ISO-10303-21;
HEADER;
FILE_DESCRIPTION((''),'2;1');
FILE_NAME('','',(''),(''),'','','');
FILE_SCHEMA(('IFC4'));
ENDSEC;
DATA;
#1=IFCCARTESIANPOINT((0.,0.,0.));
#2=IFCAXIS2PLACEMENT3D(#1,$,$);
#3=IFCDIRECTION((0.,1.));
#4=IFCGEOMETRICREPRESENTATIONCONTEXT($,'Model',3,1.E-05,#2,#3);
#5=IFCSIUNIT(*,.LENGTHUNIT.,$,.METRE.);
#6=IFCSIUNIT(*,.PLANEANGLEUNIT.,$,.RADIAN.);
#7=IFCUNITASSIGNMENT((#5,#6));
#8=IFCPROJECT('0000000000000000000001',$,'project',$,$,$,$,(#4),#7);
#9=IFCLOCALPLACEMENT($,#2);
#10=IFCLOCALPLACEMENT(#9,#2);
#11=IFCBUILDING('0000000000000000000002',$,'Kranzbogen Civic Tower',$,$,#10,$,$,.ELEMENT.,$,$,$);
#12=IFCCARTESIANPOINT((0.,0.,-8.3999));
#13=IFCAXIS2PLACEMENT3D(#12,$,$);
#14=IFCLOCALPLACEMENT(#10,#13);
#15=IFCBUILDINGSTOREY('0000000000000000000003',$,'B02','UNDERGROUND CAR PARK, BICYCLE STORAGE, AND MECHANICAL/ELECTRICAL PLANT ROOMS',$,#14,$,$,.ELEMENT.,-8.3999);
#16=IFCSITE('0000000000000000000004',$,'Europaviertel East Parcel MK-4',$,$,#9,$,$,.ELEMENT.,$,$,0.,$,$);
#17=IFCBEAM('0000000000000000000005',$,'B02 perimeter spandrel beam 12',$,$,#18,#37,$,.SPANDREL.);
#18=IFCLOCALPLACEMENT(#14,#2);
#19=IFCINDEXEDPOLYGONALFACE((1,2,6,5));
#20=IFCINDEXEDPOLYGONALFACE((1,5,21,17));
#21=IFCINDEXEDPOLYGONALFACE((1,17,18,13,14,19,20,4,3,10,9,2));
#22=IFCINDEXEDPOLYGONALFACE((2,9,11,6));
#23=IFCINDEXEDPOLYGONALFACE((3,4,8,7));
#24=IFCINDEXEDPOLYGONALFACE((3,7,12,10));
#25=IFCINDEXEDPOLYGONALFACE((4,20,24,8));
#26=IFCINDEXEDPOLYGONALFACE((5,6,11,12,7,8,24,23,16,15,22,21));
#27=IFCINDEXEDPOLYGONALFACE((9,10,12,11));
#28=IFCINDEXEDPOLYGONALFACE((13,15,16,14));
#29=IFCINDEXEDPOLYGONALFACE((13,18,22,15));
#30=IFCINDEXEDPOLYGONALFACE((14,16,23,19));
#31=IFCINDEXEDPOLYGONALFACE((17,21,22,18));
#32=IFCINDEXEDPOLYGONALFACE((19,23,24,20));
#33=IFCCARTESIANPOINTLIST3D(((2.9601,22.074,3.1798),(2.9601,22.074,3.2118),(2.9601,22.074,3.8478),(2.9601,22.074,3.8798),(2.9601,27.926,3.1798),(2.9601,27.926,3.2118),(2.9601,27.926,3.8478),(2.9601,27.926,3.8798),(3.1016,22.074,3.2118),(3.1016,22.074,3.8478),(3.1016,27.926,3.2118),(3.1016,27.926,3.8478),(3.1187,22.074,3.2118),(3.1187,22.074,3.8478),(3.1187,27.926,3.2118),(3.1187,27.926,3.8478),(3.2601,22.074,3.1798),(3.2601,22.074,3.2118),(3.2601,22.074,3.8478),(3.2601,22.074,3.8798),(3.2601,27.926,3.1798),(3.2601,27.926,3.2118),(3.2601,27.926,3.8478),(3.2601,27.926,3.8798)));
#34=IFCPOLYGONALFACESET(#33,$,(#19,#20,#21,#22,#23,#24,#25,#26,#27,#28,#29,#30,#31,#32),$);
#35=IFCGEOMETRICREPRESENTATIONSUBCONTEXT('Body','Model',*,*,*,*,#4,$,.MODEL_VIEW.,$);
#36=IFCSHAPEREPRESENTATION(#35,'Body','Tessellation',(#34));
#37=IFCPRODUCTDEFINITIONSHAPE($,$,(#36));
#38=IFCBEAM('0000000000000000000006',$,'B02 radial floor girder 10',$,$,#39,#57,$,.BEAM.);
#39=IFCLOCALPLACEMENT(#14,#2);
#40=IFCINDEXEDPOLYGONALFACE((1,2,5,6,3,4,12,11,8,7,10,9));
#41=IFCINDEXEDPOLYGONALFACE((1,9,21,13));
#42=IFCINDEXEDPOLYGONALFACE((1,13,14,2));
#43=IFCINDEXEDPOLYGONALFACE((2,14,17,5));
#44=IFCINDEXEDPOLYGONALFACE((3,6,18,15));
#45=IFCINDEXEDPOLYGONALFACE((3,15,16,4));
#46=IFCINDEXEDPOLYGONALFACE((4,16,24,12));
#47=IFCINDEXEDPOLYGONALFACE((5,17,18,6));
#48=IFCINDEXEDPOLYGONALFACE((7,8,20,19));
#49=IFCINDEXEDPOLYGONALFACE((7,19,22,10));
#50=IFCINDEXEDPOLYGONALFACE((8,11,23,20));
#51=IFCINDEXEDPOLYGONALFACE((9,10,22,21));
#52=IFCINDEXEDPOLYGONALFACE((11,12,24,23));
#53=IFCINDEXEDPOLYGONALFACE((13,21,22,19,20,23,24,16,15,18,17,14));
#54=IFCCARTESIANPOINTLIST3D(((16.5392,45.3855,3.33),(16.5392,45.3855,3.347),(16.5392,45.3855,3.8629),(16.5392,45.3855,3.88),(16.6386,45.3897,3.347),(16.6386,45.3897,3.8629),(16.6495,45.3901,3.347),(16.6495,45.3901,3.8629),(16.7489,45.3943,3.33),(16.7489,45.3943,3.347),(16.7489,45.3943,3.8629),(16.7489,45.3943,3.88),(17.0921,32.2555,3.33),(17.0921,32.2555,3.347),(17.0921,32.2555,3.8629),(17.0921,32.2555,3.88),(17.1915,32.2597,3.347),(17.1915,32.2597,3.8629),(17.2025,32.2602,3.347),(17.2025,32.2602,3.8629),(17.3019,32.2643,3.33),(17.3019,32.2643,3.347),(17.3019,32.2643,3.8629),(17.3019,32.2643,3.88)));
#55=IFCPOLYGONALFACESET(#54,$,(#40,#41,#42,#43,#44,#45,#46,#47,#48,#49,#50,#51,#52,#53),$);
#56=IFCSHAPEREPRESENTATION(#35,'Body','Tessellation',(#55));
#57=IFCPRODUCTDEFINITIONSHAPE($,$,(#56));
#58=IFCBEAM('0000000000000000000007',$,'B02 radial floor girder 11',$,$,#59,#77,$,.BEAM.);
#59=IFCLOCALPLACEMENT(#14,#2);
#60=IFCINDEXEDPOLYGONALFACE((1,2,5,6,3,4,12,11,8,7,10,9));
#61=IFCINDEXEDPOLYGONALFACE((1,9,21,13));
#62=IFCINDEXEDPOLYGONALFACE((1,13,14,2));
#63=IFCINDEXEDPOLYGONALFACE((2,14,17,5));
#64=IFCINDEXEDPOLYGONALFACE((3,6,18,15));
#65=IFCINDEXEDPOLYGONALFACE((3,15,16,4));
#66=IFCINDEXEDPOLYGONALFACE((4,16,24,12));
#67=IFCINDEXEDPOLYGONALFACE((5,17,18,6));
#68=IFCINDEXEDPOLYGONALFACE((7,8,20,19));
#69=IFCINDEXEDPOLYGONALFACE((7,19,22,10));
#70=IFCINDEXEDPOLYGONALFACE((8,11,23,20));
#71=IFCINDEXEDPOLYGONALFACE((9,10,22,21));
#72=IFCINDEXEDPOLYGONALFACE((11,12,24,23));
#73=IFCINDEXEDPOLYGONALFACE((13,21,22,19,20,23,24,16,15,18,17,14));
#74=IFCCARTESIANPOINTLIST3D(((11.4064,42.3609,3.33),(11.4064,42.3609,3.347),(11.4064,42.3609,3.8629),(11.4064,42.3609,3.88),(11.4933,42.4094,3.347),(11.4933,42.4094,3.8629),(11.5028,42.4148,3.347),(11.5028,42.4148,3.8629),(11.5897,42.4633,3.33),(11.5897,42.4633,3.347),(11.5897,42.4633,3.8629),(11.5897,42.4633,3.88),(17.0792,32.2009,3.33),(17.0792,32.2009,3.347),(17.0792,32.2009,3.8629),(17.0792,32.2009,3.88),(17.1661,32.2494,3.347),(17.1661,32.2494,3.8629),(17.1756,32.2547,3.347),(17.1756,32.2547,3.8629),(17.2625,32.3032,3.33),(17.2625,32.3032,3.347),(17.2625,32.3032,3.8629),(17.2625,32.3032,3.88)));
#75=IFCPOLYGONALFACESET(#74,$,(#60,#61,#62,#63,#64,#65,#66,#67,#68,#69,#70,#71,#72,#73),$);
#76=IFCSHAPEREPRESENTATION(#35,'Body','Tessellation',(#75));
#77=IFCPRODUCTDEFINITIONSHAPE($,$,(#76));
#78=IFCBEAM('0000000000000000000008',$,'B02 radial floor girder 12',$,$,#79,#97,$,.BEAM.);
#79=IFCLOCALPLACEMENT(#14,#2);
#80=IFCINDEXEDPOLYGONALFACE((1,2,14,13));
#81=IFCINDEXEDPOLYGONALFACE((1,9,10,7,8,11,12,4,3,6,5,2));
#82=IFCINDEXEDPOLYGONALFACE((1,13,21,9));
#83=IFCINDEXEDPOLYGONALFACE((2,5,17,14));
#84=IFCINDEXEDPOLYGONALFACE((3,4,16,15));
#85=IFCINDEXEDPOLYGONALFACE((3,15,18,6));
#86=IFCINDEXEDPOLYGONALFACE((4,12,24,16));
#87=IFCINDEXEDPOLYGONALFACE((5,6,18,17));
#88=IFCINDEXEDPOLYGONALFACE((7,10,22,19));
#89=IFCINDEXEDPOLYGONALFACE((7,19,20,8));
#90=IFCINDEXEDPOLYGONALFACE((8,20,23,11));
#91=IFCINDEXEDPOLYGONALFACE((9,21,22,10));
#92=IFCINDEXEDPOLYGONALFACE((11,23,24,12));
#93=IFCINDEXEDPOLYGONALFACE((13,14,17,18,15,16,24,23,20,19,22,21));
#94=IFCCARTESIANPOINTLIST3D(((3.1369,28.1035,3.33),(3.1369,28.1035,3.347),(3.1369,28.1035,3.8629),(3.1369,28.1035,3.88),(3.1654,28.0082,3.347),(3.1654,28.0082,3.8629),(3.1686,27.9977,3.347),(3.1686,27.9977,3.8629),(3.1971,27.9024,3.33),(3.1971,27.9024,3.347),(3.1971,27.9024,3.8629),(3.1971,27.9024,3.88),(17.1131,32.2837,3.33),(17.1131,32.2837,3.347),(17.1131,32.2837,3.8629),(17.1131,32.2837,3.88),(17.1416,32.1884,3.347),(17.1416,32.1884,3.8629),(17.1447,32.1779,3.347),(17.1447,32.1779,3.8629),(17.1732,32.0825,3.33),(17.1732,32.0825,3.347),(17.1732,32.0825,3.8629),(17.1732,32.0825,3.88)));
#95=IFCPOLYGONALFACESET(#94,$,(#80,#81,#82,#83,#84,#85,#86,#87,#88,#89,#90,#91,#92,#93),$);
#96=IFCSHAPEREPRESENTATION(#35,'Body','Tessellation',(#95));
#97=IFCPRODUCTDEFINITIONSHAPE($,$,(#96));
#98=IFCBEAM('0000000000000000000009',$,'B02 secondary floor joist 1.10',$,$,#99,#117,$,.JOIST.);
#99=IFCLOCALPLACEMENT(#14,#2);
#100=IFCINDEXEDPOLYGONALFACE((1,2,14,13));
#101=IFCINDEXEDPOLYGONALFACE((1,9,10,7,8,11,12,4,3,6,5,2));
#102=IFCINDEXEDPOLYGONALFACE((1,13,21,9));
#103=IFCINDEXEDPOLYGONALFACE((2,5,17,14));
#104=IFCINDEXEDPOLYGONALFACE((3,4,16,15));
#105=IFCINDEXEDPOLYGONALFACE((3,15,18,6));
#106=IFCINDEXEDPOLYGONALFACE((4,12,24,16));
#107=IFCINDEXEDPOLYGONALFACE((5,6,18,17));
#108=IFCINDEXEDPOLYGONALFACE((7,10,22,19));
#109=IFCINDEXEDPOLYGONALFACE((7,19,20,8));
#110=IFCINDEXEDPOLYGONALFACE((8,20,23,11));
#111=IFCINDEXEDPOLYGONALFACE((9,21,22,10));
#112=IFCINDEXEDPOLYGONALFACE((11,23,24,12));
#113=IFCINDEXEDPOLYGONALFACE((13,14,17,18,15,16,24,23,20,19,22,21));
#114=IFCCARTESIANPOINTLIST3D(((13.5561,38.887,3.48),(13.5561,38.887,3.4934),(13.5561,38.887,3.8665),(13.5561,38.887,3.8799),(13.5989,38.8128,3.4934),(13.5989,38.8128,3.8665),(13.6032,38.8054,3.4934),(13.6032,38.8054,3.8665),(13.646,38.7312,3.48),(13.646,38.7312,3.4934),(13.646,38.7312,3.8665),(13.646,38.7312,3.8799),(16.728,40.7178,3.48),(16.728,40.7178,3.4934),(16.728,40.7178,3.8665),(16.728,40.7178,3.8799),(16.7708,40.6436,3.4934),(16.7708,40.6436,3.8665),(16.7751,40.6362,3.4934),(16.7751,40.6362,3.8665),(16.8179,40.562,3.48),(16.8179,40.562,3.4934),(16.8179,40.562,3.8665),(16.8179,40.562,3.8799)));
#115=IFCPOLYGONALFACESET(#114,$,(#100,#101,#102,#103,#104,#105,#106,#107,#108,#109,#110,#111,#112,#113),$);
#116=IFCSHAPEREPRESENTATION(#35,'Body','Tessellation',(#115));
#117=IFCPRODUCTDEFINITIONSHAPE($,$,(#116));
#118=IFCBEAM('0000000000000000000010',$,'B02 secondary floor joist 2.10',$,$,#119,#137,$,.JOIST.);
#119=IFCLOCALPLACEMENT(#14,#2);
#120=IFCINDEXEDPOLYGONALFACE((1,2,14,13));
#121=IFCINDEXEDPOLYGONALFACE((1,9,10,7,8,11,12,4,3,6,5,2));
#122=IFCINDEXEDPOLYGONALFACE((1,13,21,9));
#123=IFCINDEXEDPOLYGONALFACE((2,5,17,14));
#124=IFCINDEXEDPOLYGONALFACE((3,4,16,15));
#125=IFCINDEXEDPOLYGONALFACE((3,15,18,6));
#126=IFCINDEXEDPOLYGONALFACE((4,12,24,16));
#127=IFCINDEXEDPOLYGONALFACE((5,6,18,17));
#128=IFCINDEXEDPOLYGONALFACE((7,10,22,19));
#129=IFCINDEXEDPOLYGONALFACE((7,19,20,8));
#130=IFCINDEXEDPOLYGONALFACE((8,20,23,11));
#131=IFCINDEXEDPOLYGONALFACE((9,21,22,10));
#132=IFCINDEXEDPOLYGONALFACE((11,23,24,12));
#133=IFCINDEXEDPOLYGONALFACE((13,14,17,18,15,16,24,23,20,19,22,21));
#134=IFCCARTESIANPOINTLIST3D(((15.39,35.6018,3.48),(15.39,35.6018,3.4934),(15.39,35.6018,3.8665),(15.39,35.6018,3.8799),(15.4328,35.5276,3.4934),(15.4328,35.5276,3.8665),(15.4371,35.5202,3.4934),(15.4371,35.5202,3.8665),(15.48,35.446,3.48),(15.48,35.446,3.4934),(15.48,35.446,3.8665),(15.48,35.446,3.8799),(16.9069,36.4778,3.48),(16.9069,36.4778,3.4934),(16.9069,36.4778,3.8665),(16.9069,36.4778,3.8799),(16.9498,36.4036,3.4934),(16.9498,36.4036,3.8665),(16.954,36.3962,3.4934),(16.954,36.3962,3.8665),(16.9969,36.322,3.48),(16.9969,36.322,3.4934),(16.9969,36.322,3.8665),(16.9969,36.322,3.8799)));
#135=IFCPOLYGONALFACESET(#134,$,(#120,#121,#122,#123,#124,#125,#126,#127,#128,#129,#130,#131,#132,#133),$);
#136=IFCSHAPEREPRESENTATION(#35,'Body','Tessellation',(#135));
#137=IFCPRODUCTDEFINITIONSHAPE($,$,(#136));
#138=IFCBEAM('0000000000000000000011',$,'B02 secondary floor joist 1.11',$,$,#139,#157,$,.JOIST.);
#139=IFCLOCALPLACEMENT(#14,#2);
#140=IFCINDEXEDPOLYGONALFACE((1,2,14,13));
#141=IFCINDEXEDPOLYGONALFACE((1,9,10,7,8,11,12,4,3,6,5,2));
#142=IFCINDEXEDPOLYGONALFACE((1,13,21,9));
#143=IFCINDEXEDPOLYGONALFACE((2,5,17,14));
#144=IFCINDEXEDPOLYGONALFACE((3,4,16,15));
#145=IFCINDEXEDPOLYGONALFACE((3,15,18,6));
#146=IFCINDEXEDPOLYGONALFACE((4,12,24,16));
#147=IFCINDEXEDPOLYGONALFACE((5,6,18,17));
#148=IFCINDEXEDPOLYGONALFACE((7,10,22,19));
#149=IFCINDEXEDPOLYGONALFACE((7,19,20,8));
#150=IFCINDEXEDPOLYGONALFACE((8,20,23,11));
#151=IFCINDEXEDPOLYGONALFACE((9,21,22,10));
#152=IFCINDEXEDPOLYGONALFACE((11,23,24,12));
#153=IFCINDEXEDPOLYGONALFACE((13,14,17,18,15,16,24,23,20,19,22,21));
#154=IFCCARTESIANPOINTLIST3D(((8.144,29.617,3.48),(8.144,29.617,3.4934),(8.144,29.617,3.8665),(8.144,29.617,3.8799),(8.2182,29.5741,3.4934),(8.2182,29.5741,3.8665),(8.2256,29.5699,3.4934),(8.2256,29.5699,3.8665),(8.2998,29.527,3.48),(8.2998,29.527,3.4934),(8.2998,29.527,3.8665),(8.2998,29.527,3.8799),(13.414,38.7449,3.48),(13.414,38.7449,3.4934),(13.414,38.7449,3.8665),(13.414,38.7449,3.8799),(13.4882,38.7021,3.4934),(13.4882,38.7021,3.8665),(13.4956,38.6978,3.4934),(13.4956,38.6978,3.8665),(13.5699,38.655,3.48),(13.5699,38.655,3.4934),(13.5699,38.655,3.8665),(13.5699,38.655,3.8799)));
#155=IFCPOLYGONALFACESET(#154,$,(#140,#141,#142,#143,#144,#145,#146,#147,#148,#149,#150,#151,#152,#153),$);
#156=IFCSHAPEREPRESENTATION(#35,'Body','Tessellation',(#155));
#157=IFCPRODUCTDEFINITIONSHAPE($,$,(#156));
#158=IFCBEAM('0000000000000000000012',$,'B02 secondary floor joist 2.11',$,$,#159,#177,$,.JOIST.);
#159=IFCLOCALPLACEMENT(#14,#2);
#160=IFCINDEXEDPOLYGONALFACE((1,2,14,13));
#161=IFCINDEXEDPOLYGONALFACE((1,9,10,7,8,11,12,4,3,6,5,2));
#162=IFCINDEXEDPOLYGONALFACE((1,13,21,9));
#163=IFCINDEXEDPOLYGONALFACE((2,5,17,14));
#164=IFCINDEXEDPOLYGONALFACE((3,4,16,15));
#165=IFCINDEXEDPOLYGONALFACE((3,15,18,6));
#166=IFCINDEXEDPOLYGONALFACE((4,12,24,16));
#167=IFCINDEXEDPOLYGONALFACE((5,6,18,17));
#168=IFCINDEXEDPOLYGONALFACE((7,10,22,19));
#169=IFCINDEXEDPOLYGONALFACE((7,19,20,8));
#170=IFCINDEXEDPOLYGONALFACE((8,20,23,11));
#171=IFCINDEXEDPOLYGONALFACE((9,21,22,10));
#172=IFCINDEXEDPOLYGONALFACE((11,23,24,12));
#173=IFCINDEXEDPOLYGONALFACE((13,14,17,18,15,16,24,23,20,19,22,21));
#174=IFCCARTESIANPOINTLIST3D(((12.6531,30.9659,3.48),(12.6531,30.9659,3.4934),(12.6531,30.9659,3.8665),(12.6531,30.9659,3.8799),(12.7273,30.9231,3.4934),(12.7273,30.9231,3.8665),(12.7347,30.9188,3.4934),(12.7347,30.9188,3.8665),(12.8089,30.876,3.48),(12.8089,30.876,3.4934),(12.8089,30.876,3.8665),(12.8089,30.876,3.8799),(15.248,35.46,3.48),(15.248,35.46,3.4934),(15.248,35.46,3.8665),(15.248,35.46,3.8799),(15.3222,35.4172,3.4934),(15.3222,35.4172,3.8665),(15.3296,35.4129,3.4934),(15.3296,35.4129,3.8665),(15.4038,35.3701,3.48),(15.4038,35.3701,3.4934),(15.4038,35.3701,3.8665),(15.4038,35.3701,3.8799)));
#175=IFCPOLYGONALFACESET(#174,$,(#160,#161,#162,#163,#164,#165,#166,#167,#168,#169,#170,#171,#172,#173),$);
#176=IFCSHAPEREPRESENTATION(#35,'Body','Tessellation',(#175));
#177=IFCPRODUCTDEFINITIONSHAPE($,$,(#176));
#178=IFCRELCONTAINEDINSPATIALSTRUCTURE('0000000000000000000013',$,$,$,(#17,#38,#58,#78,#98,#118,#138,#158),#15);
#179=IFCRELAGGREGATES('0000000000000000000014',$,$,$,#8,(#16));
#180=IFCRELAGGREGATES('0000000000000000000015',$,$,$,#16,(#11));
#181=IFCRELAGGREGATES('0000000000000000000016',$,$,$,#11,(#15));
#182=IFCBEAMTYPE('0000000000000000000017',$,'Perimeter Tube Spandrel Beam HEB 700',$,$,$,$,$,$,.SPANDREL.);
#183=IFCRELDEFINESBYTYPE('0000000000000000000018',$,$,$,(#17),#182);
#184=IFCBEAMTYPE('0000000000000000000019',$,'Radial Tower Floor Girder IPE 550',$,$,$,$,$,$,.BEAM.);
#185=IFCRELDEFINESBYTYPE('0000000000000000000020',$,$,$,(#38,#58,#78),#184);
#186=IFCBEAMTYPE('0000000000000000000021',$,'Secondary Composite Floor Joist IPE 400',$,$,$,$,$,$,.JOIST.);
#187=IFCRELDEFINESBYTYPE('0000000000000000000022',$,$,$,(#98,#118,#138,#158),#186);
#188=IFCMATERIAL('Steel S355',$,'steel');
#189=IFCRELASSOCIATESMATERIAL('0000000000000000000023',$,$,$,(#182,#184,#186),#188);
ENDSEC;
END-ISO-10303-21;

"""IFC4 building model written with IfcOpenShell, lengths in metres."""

from ifc_helpers import new_model, si_unit, direction, frame, origin, origin_2d, place, context, subcontext, project, spatial, i_section, extrude, material, material_profile, profile_set, type_object, element, save


model = new_model("IFC4")

# Units and contexts
model_context = context("Model", 3, precision=1e-05, world=origin(), true_north=direction((0.0, 1.0)))
body_context = subcontext(model_context, "Body", "Model", "MODEL_VIEW")
ifc_project = project(units=[si_unit("LENGTHUNIT", "METRE"), si_unit("PLANEANGLEUNIT", "RADIAN")], contexts=[model_context])

# Site, building, storey
site_placement = place(None, origin())
site = spatial("IfcSite", under=ifc_project, at=site_placement, Name="Europaviertel East Parcel MK-4", CompositionType="ELEMENT", RefElevation=0.0)
building_placement = place(site_placement, origin())
building = spatial("IfcBuilding", under=site, at=building_placement, Name="Kranzbogen Civic Tower", CompositionType="ELEMENT")
storey_placement = place(building_placement, frame((0.0, 0.0, -8.3999)))
storey = spatial("IfcBuildingStorey", under=building, at=storey_placement, Name="B02", Description="UNDERGROUND CAR PARK, BICYCLE STORAGE, AND MECHANICAL/ELECTRICAL PLANT ROOMS", CompositionType="ELEMENT", Elevation=-8.3999)

# Beams
ifc_material_1 = material(Name="Steel S355", Category="steel")
ifc_material_profile_1 = material_profile(ifc_material_1, i_section(OverallWidth=0.3, OverallDepth=0.7, WebThickness=0.0171, FlangeThickness=0.032, at=origin_2d()), Name="HEB 700")
ifc_profile_set_1 = profile_set([ifc_material_profile_1], Name="Steel S355")
beam_type_1 = type_object("IfcBeamType", Name="Perimeter Tube Spandrel Beam HEB 700", PredefinedType="SPANDREL", material=ifc_profile_set_1)
beam_1_placement = place(storey_placement, frame((3.1101, 27.926, 3.5298), z_axis=(0.0, -1.0, 0.0), x_axis=(1.0, 0.0, 0.0)))
element("IfcBeam", 1, at=beam_1_placement, inside=storey, type_object=beam_type_1, Name="B02 perimeter spandrel beam 12", PredefinedType="SPANDREL", context=body_context, shape_type="SweptSolid", body=[
    extrude(i_section(OverallWidth=0.3, OverallDepth=0.7, WebThickness=0.0171, FlangeThickness=0.032, at=origin_2d()), origin(), (0.0, 0.0, 1.0), 5.8521),
])
ifc_material_profile_2 = material_profile(ifc_material_1, i_section(OverallWidth=0.21, OverallDepth=0.55, WebThickness=0.011, FlangeThickness=0.0171, at=origin_2d()), Name="IPE 550")
ifc_profile_set_2 = profile_set([ifc_material_profile_2], Name="Steel S355")
beam_type_2 = type_object("IfcBeamType", Name="Radial Tower Floor Girder IPE 550", PredefinedType="BEAM", material=ifc_profile_set_2)
beam_2_placement = place(storey_placement, frame((16.644, 45.3899, 3.605), z_axis=(0.042079, -0.999114, 0.0), x_axis=(0.999114, 0.042079, 0.0)))
element("IfcBeam", 2, at=beam_2_placement, inside=storey, type_object=beam_type_2, Name="B02 radial floor girder 10", PredefinedType="BEAM", context=body_context, shape_type="SweptSolid", body=[
    extrude(i_section(OverallWidth=0.21, OverallDepth=0.55, WebThickness=0.011, FlangeThickness=0.0171, at=origin_2d()), origin(), (0.0, 0.0, 1.0), 13.1416),
])
beam_3_placement = place(storey_placement, frame((11.498, 42.4121, 3.605), z_axis=(0.487502, -0.873122, 0.0), x_axis=(0.873122, 0.487502, 0.0)))
element("IfcBeam", 3, at=beam_3_placement, inside=storey, type_object=beam_type_2, Name="B02 radial floor girder 11", PredefinedType="BEAM", context=body_context, shape_type="SweptSolid", body=[
    extrude(i_section(OverallWidth=0.21, OverallDepth=0.55, WebThickness=0.011, FlangeThickness=0.0171, at=origin_2d()), origin(), (0.0, 0.0, 1.0), 11.6365),
])
beam_4_placement = place(storey_placement, frame((3.167, 28.0029, 3.605), z_axis=(0.958065, 0.286552, 0.0), x_axis=(-0.286552, 0.958065, 0.0)))
element("IfcBeam", 4, at=beam_4_placement, inside=storey, type_object=beam_type_2, Name="B02 radial floor girder 12", PredefinedType="BEAM", context=body_context, shape_type="SweptSolid", body=[
    extrude(i_section(OverallWidth=0.21, OverallDepth=0.55, WebThickness=0.011, FlangeThickness=0.0171, at=origin_2d()), origin(), (0.0, 0.0, 1.0), 14.5879),
])
ifc_material_profile_3 = material_profile(ifc_material_1, i_section(OverallWidth=0.1799, OverallDepth=0.3999, WebThickness=0.0085, FlangeThickness=0.0134, at=origin_2d()), Name="IPE 400")
ifc_profile_set_3 = profile_set([ifc_material_profile_3], Name="Steel S355")
beam_type_3 = type_object("IfcBeamType", Name="Secondary Composite Floor Joist IPE 400", PredefinedType="JOIST", material=ifc_profile_set_3)
beam_5_placement = place(storey_placement, frame((16.7729, 40.6399, 3.6799), z_axis=(-0.866081, -0.499903, 0.0), x_axis=(0.499903, -0.866081, 0.0)))
element("IfcBeam", 5, at=beam_5_placement, inside=storey, type_object=beam_type_3, Name="B02 secondary floor joist 1.10", PredefinedType="JOIST", context=body_context, shape_type="SweptSolid", body=[
    extrude(i_section(OverallWidth=0.1799, OverallDepth=0.3999, WebThickness=0.0085, FlangeThickness=0.0134, at=origin_2d()), origin(), (0.0, 0.0, 1.0), 3.6624),
])
beam_6_placement = place(storey_placement, frame((16.9519, 36.3999, 3.6799), z_axis=(-0.86597, -0.500096, 0.0), x_axis=(0.500096, -0.86597, 0.0)))
element("IfcBeam", 6, at=beam_6_placement, inside=storey, type_object=beam_type_3, Name="B02 secondary floor joist 2.10", PredefinedType="JOIST", context=body_context, shape_type="SweptSolid", body=[
    extrude(i_section(OverallWidth=0.1799, OverallDepth=0.3999, WebThickness=0.0085, FlangeThickness=0.0134, at=origin_2d()), origin(), (0.0, 0.0, 1.0), 1.7517),
])
beam_7_placement = place(storey_placement, frame((13.4919, 38.7, 3.6799), z_axis=(-0.5, -0.866025, 0.0), x_axis=(0.866025, -0.5, 0.0)))
element("IfcBeam", 7, at=beam_7_placement, inside=storey, type_object=beam_type_3, Name="B02 secondary floor joist 1.11", PredefinedType="JOIST", context=body_context, shape_type="SweptSolid", body=[
    extrude(i_section(OverallWidth=0.1799, OverallDepth=0.3999, WebThickness=0.0085, FlangeThickness=0.0134, at=origin_2d()), origin(), (0.0, 0.0, 1.0), 10.54),
])
beam_8_placement = place(storey_placement, frame((15.3259, 35.415, 3.6799), z_axis=(-0.50004, -0.866002, 0.0), x_axis=(0.866002, -0.50004, 0.0)))
element("IfcBeam", 8, at=beam_8_placement, inside=storey, type_object=beam_type_3, Name="B02 secondary floor joist 2.11", PredefinedType="JOIST", context=body_context, shape_type="SweptSolid", body=[
    extrude(i_section(OverallWidth=0.1799, OverallDepth=0.3999, WebThickness=0.0085, FlangeThickness=0.0134, at=origin_2d()), origin(), (0.0, 0.0, 1.0), 5.1895),
])

save(model, "model.ifc")
